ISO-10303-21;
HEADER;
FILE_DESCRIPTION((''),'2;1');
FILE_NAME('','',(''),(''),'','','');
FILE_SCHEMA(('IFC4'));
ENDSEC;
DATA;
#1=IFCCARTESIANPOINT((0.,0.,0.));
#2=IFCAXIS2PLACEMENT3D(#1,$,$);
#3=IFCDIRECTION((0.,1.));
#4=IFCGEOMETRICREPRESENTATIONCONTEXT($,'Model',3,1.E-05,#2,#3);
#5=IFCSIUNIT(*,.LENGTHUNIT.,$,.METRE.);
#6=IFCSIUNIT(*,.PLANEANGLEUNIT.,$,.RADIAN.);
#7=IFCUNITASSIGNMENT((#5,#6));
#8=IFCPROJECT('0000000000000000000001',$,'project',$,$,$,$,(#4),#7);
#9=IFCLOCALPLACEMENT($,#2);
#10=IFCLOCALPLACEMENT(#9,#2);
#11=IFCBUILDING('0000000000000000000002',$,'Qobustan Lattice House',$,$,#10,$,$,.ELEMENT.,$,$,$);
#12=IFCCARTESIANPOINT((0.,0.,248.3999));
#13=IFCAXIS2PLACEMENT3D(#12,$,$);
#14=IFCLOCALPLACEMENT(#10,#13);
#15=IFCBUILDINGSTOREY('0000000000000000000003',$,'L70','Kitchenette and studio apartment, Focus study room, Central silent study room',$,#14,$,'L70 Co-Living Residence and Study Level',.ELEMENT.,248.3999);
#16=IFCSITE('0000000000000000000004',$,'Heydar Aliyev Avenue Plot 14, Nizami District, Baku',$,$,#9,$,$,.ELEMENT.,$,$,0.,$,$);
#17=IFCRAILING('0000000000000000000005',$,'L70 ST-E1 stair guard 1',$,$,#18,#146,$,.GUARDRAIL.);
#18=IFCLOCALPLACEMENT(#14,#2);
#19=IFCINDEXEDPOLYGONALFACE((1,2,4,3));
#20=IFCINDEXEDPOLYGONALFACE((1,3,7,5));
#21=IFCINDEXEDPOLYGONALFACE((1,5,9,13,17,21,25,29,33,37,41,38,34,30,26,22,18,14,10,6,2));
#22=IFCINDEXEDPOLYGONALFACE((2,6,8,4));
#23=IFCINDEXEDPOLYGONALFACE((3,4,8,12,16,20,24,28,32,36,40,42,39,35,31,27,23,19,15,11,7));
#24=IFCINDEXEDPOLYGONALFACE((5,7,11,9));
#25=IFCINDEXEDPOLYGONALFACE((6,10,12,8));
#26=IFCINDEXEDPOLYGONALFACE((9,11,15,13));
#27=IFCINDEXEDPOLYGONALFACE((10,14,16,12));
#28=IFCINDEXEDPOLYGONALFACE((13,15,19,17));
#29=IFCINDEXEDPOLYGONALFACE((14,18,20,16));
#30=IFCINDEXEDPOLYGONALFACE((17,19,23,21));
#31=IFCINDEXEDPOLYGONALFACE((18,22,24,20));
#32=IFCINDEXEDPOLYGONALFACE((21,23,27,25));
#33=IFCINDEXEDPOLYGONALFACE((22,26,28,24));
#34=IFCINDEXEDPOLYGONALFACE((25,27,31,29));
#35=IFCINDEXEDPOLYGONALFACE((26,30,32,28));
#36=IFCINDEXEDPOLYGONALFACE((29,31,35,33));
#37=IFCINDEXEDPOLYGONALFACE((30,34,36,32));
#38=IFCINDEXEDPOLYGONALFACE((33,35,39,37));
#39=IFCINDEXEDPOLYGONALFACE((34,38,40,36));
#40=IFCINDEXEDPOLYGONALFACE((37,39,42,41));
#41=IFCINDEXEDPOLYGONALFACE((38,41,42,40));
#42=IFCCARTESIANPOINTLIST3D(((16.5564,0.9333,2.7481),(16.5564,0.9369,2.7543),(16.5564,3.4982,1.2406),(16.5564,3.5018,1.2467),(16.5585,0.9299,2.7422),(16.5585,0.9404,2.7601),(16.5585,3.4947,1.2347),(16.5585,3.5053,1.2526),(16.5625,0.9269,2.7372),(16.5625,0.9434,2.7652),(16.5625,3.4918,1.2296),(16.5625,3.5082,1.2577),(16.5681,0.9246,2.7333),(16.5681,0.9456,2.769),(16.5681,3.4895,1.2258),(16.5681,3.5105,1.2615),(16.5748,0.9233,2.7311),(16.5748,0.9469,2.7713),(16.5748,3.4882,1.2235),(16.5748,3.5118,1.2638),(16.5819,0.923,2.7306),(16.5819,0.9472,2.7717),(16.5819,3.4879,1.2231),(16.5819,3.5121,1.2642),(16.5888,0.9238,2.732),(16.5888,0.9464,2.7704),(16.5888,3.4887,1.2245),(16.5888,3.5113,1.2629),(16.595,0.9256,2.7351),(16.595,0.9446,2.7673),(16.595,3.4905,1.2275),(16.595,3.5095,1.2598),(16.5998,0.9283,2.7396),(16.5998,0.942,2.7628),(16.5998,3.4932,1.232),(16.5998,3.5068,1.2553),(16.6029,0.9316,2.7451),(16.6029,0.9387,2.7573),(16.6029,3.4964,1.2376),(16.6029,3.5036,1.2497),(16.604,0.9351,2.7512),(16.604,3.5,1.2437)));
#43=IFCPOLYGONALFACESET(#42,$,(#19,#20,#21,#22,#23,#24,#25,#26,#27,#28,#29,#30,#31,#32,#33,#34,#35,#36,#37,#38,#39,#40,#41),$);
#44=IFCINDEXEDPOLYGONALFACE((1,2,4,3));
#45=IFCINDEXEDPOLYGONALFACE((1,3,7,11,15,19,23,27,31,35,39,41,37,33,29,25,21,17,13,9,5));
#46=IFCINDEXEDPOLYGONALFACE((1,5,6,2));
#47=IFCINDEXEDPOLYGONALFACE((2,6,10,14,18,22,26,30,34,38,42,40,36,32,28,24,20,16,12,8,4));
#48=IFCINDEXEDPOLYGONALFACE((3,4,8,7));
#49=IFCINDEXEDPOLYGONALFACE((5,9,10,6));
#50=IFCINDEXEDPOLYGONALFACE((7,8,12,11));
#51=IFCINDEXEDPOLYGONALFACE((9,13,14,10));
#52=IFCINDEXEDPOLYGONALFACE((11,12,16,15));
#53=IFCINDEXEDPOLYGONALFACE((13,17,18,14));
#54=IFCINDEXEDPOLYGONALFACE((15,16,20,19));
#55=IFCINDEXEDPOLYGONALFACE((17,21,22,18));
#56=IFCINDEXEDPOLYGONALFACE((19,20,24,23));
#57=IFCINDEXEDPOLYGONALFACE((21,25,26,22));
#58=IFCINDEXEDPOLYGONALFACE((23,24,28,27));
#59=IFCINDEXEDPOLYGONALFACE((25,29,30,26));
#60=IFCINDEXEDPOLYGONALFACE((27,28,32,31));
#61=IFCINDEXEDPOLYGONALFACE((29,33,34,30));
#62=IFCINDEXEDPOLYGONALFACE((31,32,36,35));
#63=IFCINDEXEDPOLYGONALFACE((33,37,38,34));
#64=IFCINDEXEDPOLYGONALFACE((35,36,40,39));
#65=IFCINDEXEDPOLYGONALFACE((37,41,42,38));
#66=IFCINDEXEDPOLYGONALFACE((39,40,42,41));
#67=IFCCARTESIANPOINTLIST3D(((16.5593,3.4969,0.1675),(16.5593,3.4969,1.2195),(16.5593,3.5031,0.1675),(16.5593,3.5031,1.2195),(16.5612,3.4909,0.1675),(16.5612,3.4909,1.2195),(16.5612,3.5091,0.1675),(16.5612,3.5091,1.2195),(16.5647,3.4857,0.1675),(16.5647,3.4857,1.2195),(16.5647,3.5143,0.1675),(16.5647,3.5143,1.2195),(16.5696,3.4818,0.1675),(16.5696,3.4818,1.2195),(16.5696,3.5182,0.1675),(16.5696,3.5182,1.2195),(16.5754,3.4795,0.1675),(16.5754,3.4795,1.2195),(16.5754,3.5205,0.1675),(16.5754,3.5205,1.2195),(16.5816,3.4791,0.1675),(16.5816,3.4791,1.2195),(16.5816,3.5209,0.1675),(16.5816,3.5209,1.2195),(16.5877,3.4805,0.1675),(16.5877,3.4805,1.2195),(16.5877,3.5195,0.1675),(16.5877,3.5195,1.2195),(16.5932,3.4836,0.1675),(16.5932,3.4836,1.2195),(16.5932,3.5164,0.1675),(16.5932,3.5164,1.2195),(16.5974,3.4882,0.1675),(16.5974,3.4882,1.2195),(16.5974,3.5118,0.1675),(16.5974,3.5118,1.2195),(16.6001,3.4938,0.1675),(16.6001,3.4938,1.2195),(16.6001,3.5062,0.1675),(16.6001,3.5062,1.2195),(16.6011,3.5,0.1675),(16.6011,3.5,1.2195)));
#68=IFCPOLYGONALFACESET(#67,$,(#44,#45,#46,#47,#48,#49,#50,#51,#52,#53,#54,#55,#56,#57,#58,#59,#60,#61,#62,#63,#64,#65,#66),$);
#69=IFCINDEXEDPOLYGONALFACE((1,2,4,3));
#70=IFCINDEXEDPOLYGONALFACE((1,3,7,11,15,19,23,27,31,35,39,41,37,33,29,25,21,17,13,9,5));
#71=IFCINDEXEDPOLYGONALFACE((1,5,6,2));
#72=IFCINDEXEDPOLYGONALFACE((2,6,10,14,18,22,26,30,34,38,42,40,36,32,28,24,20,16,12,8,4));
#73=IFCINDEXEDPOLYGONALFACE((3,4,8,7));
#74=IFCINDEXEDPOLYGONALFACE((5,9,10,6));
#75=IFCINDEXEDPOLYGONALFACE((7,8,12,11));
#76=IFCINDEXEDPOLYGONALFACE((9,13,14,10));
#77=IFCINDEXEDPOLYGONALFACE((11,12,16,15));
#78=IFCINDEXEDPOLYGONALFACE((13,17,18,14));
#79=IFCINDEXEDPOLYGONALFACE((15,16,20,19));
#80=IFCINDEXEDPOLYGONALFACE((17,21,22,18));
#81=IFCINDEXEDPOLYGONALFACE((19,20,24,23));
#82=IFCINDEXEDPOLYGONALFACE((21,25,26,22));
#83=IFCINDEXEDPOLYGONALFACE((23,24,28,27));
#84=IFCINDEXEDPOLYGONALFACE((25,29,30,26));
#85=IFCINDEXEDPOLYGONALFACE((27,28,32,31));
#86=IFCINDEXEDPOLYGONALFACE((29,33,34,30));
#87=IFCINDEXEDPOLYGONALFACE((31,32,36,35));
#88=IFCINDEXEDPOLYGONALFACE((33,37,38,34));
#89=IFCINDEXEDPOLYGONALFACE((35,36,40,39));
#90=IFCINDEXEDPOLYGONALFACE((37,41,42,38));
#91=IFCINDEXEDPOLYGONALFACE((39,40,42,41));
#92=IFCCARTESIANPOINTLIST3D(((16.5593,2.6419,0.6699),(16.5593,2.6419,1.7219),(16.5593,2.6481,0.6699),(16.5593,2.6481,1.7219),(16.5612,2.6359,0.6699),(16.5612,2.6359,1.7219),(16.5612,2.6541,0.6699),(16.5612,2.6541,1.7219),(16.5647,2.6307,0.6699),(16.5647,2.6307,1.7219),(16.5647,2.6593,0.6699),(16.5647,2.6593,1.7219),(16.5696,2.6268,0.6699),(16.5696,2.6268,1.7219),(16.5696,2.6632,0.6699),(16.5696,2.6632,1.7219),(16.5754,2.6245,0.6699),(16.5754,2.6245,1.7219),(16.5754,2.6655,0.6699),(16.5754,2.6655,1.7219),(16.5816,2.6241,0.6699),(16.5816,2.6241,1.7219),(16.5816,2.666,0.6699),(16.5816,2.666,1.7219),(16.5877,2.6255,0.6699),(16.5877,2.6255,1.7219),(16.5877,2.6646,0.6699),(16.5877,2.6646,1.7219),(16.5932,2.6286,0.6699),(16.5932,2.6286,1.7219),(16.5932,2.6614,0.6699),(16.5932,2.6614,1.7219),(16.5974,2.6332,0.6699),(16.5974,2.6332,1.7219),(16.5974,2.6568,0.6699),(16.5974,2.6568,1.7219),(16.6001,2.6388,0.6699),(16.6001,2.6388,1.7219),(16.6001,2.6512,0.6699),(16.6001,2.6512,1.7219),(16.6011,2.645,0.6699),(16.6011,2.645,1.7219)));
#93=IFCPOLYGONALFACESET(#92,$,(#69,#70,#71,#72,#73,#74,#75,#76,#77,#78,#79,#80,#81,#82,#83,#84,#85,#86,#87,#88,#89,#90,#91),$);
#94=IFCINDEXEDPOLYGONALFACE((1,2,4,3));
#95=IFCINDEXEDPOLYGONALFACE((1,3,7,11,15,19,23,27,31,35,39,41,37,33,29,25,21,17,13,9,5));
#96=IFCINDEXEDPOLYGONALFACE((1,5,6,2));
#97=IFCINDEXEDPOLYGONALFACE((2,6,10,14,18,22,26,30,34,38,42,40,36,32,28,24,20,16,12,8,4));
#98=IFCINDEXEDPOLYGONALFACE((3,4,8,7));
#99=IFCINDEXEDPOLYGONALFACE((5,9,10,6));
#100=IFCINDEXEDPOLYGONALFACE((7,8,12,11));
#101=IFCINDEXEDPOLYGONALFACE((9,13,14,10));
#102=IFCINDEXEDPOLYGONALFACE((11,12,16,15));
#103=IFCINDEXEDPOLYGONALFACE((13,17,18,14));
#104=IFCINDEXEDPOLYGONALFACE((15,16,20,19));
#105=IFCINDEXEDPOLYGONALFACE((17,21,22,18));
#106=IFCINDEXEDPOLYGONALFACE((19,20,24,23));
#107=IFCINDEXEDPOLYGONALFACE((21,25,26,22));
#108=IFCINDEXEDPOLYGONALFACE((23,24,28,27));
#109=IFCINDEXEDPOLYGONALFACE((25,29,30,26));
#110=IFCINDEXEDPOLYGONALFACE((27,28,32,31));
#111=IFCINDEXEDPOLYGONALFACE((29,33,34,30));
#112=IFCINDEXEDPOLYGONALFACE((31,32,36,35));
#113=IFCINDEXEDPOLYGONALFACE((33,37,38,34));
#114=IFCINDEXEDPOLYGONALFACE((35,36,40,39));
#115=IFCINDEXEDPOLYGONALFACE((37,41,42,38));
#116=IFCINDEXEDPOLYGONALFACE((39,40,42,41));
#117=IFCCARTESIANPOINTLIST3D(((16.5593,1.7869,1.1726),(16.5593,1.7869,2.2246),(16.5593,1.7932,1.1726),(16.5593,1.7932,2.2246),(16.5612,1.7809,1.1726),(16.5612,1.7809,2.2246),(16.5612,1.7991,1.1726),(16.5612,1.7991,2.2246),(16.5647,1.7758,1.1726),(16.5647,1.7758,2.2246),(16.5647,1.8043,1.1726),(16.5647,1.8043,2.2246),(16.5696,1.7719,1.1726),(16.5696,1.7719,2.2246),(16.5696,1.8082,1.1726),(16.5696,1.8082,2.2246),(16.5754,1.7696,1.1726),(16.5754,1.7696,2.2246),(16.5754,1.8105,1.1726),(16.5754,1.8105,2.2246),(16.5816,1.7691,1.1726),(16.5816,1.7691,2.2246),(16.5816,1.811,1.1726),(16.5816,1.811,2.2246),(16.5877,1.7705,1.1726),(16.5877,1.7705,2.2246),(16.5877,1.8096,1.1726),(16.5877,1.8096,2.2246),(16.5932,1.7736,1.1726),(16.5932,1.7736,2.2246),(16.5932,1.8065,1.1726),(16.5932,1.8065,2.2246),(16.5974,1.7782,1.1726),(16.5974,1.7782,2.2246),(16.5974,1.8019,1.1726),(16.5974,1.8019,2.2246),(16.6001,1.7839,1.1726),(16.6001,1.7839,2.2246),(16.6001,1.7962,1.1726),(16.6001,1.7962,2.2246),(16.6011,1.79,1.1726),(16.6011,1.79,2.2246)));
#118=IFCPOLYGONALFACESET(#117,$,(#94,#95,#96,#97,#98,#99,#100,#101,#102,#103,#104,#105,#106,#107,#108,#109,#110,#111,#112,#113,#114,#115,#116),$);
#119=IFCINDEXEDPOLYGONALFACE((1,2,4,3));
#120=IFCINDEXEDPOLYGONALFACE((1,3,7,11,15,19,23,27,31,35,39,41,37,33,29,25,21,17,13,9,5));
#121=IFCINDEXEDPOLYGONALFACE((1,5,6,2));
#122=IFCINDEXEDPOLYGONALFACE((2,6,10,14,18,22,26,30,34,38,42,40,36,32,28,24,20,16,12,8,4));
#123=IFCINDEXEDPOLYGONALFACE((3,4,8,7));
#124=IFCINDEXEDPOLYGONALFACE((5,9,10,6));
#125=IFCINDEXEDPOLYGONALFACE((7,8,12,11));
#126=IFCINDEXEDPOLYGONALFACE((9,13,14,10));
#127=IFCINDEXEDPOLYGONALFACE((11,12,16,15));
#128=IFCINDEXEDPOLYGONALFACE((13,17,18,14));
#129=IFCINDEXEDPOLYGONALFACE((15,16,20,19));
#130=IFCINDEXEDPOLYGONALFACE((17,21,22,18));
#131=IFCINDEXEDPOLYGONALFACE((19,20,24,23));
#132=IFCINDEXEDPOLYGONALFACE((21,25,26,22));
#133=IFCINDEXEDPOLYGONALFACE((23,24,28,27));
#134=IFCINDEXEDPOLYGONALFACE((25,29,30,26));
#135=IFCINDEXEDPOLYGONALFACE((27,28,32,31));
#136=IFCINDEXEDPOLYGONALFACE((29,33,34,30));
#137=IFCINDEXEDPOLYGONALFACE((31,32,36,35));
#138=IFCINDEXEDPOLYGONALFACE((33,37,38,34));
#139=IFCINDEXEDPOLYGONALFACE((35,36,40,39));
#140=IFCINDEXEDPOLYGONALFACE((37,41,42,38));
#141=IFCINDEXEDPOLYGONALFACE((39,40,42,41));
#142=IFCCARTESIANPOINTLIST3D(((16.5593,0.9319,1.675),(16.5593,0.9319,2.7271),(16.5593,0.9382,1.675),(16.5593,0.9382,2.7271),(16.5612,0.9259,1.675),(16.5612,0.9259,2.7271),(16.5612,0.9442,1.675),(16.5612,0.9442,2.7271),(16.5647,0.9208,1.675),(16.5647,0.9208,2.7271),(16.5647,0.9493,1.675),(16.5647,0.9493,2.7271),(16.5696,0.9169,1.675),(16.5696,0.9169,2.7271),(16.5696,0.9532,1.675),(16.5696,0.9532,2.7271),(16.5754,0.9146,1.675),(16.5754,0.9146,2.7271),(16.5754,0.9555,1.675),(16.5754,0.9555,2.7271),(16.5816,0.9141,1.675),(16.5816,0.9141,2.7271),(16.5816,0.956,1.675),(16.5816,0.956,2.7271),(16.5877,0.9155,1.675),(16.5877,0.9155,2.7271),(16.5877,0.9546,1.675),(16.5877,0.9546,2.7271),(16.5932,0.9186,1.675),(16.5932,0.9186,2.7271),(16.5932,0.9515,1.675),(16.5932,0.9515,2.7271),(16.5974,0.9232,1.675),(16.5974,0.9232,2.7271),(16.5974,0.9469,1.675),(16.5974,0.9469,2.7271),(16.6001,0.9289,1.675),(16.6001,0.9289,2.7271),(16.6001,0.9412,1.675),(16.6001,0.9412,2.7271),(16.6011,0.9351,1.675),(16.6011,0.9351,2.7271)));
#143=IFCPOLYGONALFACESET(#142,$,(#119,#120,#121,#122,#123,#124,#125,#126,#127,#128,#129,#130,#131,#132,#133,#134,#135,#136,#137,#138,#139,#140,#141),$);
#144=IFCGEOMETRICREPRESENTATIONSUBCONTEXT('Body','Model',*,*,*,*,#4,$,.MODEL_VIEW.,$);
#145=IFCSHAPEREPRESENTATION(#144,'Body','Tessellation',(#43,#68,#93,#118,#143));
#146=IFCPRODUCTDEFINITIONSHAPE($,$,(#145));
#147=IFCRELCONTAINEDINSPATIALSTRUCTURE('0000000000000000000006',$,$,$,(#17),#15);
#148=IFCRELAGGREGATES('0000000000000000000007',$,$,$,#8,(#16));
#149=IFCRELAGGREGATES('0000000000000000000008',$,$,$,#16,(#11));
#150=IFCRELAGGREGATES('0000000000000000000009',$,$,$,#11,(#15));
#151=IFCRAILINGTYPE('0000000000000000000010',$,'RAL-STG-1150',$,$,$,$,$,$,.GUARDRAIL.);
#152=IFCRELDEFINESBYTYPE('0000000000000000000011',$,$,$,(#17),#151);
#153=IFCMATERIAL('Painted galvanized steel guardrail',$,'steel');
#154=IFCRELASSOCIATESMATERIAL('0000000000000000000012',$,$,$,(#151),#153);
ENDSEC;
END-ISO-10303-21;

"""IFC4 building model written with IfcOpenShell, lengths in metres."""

from ifc_helpers import new_model, si_unit, direction, frame, origin, origin_2d, place, context, subcontext, project, spatial, circle, extrude, material, type_object, element, save


model = new_model("IFC4")

# Units and contexts
model_context = context("Model", 3, precision=1e-05, world=origin(), true_north=direction((0.0, 1.0)))
body_context = subcontext(model_context, "Body", "Model", "MODEL_VIEW")
ifc_project = project(units=[si_unit("LENGTHUNIT", "METRE"), si_unit("PLANEANGLEUNIT", "RADIAN")], contexts=[model_context])

# Site, building, storey
site_placement = place(None, origin())
site = spatial("IfcSite", under=ifc_project, at=site_placement, Name="Heydar Aliyev Avenue Plot 14, Nizami District, Baku", CompositionType="ELEMENT", RefElevation=0.0)
building_placement = place(site_placement, origin())
building = spatial("IfcBuilding", under=site, at=building_placement, Name="Qobustan Lattice House", CompositionType="ELEMENT")
storey_placement = place(building_placement, frame((0.0, 0.0, 248.3999)))
storey = spatial("IfcBuildingStorey", under=building, at=storey_placement, Name="L70", Description="Kitchenette and studio apartment, Focus study room, Central silent study room", LongName="L70 Co-Living Residence and Study Level", CompositionType="ELEMENT", Elevation=248.3999)

# Railing
ifc_material_1 = material(Name="Painted galvanized steel guardrail", Category="steel")
railing_type_1 = type_object("IfcRailingType", Name="RAL-STG-1150", PredefinedType="GUARDRAIL", material=ifc_material_1)
railing_1_placement = place(storey_placement, frame((16.5801, 3.5, 0.1675)))
element("IfcRailing", 1, at=railing_1_placement, inside=storey, type_object=railing_type_1, Name="L70 ST-E1 stair guard 1", PredefinedType="GUARDRAIL", context=body_context, shape_type="SweptSolid", body=[
    extrude(circle(Radius=0.0239, at=origin_2d()), frame((0.0, 0.0, 1.0762), z_axis=(0.0, -0.862113, 0.506715), x_axis=(1.0, 0.0, 0.0)), (0.0, 0.0, 1.0), 2.9751),
    extrude(circle(Radius=0.021, at=origin_2d()), origin(), (0.0, 0.0, 1.0), 1.052),
    extrude(circle(Radius=0.021, at=origin_2d()), frame((0.0, -0.855, 0.5024)), (0.0, 0.0, 1.0), 1.052),
    extrude(circle(Radius=0.021, at=origin_2d()), frame((0.0, -1.71, 1.0051)), (0.0, 0.0, 1.0), 1.052),
    extrude(circle(Radius=0.021, at=origin_2d()), frame((0.0, -2.5649, 1.5076)), (0.0, 0.0, 1.0), 1.052),
])

save(model, "model.ifc")
